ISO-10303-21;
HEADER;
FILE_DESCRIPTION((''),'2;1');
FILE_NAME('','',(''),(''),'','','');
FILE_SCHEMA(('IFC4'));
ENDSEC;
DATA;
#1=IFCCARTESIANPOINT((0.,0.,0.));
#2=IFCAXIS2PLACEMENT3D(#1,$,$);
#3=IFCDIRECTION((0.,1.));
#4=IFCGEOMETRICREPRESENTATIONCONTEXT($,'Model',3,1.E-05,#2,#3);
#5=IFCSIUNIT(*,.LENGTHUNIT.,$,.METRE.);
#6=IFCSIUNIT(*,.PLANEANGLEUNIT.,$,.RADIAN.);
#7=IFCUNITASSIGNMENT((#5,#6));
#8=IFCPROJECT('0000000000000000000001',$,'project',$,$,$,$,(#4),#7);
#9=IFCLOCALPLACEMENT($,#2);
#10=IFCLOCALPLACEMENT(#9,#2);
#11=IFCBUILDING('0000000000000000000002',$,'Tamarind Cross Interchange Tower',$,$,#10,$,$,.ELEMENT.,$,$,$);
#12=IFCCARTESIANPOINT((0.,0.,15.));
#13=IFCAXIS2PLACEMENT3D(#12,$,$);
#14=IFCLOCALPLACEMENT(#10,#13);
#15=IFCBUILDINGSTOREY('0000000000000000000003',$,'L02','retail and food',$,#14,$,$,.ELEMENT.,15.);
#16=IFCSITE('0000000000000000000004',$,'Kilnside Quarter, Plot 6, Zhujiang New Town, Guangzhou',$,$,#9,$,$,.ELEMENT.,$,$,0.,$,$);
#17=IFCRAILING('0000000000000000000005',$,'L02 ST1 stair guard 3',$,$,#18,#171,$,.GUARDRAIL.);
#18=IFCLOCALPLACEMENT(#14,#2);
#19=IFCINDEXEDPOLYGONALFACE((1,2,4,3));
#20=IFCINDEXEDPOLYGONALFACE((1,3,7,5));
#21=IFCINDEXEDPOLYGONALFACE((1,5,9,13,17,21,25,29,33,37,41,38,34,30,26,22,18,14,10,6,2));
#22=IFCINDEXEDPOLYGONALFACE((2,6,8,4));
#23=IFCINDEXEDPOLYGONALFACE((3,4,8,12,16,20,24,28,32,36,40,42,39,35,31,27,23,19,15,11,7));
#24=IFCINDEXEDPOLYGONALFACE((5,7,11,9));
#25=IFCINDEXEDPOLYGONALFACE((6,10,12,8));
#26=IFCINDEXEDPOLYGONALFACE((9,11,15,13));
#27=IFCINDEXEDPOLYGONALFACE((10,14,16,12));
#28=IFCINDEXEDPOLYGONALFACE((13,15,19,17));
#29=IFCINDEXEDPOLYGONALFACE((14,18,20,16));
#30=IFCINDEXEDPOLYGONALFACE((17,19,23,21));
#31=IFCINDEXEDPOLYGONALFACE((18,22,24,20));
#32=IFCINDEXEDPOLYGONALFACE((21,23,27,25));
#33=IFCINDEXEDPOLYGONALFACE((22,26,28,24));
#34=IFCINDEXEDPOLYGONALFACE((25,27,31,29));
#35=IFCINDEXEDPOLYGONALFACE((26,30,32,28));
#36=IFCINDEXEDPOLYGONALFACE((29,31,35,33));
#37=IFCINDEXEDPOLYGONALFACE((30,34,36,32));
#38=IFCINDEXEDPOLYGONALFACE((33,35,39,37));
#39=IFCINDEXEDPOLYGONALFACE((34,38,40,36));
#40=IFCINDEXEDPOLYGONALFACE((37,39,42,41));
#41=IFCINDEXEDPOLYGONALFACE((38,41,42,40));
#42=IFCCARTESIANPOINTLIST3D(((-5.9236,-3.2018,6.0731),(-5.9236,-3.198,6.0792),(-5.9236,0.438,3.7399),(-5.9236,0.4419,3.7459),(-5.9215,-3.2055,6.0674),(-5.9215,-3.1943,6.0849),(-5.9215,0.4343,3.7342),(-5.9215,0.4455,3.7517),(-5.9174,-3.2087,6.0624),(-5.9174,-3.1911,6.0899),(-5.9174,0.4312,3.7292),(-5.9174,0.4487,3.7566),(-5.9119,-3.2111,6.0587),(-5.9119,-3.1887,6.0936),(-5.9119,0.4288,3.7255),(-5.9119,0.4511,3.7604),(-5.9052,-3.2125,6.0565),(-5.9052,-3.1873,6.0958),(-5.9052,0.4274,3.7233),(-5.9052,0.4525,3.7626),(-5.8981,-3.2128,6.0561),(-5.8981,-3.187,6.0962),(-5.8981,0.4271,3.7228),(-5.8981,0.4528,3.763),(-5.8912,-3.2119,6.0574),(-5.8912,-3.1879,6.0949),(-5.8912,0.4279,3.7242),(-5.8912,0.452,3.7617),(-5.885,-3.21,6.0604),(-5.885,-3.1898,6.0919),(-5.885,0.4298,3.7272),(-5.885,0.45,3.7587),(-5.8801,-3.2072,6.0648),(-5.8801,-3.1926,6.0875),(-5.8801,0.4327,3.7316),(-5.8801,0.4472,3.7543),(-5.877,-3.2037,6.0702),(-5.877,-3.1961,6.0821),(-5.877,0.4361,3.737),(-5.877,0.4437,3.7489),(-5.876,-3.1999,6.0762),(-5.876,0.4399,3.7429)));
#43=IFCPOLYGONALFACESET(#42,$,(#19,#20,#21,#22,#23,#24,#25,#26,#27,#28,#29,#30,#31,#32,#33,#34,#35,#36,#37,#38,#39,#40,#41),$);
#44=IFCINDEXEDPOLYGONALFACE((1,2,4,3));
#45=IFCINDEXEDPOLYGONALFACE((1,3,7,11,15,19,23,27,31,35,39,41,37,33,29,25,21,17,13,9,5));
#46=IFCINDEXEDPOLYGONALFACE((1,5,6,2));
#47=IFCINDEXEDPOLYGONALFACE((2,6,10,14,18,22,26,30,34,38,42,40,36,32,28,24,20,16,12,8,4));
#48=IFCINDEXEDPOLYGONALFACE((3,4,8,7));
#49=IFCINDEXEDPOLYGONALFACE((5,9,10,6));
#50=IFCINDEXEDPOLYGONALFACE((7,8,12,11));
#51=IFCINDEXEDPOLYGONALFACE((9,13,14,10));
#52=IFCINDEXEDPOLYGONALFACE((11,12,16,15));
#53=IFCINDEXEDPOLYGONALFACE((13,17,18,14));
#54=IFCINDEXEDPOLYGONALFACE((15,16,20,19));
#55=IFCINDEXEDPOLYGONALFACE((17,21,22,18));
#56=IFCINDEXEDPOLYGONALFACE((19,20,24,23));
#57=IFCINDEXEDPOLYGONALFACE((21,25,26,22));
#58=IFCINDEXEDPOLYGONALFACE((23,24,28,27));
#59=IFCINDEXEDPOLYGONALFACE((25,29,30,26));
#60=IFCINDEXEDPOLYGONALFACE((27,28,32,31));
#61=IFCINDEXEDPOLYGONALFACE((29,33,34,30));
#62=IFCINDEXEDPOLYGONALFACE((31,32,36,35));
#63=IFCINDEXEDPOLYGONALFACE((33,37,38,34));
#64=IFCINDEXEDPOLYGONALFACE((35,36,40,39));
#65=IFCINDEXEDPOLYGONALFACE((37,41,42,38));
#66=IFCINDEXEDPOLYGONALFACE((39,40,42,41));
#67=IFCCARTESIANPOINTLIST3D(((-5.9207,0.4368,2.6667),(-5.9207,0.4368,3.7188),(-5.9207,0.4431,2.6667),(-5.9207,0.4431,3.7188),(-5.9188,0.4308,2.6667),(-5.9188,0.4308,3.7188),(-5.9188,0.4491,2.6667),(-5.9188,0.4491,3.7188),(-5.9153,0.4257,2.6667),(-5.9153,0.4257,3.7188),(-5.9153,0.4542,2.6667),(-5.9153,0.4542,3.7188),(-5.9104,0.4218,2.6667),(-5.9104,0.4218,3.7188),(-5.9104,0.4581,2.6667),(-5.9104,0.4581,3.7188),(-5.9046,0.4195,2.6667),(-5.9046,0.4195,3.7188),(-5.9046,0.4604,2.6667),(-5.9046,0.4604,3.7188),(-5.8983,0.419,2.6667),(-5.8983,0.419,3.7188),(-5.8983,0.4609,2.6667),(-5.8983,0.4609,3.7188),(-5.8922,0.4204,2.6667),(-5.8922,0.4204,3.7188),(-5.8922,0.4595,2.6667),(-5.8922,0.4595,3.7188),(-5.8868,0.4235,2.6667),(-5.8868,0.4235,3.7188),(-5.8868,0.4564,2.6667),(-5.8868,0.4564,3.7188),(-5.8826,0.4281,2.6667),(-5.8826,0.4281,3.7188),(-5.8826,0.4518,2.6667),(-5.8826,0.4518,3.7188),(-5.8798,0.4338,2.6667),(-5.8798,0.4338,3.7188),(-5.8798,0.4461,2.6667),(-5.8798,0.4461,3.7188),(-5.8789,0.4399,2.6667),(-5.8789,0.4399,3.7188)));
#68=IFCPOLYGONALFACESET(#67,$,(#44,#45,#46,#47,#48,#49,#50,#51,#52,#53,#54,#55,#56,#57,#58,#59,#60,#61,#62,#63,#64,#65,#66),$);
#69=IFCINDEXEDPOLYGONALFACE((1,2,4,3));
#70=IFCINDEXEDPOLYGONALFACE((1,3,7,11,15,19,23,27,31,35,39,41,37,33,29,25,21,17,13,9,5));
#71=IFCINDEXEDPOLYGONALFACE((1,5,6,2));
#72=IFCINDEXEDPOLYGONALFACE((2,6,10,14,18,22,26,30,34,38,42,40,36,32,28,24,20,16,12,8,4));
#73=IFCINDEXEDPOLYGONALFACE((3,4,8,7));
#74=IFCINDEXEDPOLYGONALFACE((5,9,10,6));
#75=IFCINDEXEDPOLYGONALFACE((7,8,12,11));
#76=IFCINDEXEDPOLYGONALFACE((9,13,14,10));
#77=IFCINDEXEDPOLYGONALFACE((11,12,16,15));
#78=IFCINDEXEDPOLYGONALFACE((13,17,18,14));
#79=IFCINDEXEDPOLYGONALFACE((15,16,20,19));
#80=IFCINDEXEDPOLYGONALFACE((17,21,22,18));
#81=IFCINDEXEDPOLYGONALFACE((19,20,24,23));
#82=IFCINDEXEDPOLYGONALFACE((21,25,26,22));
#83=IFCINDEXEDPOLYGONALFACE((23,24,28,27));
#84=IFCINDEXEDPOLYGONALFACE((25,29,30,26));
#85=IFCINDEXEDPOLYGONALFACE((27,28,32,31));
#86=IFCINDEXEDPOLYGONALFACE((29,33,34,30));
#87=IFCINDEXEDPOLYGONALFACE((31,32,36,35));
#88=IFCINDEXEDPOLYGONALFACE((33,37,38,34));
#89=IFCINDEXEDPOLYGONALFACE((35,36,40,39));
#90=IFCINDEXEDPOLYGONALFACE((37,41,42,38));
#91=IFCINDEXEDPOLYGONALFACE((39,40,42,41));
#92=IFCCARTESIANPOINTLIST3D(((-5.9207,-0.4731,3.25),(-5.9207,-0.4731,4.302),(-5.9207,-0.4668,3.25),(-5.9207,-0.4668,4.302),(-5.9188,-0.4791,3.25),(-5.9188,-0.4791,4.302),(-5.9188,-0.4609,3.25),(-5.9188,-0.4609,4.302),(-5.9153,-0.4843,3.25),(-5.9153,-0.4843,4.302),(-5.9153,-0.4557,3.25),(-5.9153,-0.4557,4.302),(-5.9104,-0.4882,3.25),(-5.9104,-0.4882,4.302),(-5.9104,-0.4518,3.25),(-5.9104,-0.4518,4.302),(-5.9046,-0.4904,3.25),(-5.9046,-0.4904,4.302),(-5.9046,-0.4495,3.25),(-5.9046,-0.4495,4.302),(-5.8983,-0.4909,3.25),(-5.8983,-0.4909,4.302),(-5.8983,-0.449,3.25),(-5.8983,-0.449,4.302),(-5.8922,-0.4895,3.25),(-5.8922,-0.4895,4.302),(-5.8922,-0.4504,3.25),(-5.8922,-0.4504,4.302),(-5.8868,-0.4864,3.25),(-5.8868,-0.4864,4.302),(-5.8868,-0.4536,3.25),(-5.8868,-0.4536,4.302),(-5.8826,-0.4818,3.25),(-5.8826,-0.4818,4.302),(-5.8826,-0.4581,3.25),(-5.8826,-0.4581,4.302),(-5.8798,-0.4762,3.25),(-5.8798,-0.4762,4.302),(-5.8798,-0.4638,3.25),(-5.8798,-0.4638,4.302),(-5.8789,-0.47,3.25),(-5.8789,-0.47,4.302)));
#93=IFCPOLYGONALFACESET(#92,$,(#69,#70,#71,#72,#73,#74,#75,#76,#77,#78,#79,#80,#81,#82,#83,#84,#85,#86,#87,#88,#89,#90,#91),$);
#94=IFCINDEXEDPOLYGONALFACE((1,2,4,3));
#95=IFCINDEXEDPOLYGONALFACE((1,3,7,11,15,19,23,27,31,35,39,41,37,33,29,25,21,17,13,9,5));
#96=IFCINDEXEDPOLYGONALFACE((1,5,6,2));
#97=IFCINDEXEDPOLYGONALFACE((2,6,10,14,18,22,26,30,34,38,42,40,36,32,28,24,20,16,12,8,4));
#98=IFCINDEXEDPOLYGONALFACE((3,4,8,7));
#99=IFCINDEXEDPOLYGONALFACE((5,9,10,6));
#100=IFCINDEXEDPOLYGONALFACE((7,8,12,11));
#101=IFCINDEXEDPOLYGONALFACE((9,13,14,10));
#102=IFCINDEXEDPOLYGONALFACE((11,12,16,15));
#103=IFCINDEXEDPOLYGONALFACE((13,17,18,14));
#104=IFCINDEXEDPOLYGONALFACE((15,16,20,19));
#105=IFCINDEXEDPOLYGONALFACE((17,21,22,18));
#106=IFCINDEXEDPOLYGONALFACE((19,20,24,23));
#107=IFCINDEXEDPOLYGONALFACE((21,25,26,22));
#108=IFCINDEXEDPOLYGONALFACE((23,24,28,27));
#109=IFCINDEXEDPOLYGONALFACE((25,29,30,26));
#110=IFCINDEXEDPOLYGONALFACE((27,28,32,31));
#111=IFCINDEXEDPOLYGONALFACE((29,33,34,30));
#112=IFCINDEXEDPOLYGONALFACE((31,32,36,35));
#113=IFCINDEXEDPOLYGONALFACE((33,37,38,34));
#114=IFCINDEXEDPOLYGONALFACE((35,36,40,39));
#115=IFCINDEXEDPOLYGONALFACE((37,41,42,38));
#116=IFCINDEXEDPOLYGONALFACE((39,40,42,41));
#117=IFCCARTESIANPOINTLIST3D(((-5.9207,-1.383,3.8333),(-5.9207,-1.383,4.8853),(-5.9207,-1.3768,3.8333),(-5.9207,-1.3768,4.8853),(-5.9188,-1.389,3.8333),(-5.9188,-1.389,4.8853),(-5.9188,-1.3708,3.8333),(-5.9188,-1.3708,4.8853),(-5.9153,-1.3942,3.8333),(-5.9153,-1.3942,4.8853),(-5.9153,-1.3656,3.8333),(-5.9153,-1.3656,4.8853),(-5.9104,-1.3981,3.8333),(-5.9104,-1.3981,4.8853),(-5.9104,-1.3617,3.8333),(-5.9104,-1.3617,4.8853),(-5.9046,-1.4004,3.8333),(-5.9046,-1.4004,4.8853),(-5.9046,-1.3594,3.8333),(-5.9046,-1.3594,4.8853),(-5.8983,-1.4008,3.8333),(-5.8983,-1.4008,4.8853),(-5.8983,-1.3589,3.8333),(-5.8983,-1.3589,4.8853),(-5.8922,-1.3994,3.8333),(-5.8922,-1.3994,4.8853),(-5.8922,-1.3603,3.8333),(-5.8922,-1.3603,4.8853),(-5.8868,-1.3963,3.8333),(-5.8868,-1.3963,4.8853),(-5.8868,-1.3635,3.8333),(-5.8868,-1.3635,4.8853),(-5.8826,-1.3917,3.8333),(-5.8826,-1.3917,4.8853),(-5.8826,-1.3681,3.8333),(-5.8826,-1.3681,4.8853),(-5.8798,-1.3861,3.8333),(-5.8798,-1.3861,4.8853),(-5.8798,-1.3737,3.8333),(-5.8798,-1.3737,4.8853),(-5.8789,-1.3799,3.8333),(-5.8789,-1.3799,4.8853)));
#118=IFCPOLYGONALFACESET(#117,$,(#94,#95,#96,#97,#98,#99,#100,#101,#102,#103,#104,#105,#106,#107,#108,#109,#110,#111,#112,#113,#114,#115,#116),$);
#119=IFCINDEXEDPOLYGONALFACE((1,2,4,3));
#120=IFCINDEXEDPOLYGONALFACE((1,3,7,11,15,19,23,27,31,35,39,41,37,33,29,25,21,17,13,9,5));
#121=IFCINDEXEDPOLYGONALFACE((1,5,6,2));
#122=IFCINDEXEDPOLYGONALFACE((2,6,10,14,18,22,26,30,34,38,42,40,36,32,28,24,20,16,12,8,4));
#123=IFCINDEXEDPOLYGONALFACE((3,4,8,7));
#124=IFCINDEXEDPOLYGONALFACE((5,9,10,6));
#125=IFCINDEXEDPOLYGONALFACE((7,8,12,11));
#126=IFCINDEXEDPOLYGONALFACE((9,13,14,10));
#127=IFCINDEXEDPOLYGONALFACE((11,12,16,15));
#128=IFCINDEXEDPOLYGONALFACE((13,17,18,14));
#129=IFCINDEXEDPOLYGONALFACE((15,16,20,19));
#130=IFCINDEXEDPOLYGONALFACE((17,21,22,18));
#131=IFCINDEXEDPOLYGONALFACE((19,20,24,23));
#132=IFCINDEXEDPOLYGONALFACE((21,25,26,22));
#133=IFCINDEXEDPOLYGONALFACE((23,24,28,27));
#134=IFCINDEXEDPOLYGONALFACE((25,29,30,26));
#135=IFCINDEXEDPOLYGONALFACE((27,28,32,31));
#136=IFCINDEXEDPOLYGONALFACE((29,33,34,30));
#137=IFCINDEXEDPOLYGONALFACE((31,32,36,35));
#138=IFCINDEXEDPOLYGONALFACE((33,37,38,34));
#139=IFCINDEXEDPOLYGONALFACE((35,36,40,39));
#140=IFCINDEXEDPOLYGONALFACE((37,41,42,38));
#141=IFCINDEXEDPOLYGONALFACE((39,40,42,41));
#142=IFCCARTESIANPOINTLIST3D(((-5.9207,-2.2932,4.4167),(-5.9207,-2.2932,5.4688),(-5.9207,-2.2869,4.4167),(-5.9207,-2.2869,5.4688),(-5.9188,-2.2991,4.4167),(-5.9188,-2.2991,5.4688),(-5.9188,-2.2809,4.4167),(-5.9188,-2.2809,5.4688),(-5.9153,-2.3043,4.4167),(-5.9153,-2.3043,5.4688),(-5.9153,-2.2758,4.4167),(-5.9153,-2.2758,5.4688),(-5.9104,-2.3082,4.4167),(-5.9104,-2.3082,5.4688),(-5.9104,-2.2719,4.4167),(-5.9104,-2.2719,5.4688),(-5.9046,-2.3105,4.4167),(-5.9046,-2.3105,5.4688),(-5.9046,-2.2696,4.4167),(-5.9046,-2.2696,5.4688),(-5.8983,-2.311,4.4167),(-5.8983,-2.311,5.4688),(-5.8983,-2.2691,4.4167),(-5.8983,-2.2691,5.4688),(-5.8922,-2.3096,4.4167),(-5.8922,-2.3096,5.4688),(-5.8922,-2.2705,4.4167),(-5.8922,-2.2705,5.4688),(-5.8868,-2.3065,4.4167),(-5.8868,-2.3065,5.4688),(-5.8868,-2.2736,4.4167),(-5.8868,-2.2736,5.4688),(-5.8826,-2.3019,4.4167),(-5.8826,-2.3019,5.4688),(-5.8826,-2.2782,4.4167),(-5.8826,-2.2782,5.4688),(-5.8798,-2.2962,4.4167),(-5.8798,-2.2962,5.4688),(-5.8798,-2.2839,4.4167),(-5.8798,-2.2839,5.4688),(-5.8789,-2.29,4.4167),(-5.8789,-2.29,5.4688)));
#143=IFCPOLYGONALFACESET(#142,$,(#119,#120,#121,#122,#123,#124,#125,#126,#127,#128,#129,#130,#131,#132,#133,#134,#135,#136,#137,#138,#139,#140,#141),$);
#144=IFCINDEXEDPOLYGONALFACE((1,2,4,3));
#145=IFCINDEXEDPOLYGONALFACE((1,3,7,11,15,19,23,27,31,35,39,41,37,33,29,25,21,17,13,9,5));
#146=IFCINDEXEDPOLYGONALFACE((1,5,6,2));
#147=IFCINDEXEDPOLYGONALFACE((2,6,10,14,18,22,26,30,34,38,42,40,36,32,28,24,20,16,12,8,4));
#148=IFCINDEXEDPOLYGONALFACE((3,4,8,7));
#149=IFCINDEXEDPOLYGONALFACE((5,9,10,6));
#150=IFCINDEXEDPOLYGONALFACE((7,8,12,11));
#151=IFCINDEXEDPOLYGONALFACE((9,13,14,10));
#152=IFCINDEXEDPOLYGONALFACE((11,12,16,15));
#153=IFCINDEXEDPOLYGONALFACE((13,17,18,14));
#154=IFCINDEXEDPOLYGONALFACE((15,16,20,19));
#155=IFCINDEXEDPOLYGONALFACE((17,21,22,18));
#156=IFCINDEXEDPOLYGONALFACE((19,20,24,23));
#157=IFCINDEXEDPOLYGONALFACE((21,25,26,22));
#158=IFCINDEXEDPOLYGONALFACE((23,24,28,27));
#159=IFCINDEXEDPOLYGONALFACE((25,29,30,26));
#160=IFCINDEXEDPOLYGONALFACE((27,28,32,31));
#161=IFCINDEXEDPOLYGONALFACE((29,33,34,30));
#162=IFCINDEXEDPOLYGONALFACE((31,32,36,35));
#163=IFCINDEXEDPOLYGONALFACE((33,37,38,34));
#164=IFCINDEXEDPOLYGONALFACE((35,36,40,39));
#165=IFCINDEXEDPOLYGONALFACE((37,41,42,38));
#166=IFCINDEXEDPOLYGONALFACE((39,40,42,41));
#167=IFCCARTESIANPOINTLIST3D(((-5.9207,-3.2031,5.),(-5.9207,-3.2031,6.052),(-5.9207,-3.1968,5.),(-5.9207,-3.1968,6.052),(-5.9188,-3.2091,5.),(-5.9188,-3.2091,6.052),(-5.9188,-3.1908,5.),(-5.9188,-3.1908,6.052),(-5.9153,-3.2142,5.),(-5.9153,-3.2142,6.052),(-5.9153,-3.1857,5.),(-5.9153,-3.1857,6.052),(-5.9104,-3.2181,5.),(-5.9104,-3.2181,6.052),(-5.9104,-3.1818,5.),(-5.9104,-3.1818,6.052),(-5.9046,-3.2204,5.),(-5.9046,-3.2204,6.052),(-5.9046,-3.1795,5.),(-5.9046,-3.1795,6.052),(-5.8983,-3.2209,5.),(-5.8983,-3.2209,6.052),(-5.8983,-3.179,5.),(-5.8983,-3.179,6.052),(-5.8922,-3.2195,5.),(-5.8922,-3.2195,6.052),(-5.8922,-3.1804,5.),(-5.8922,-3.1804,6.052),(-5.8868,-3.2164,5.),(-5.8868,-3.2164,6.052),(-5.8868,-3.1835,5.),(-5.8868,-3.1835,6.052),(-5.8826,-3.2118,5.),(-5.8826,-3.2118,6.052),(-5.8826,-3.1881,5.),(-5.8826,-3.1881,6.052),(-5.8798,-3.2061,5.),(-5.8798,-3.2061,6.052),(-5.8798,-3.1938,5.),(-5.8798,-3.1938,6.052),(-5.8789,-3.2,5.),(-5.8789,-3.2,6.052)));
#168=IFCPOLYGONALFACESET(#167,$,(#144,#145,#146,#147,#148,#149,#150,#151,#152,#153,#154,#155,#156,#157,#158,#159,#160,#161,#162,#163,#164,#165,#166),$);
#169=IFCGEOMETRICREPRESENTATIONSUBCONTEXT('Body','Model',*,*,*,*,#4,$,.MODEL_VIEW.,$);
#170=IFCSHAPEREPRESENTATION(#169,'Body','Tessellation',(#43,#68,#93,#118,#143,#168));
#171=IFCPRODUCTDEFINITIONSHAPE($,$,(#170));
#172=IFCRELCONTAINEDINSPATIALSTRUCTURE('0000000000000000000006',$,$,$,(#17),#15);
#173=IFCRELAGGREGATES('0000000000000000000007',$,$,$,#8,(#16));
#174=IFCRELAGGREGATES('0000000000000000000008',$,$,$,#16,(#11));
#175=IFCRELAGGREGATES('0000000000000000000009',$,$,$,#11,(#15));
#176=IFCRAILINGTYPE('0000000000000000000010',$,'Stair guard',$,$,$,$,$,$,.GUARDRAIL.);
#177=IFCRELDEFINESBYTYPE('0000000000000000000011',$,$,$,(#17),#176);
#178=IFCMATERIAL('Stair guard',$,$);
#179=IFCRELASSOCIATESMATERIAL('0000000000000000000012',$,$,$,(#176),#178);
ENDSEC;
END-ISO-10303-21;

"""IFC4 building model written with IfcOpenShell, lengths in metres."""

from ifc_helpers import new_model, si_unit, direction, frame, origin, origin_2d, place, context, subcontext, project, spatial, circle, extrude, material, type_object, element, save


model = new_model("IFC4")

# Units and contexts
model_context = context("Model", 3, precision=1e-05, world=origin(), true_north=direction((0.0, 1.0)))
body_context = subcontext(model_context, "Body", "Model", "MODEL_VIEW")
ifc_project = project(units=[si_unit("LENGTHUNIT", "METRE"), si_unit("PLANEANGLEUNIT", "RADIAN")], contexts=[model_context])

# Site, building, storey
site_placement = place(None, origin())
site = spatial("IfcSite", under=ifc_project, at=site_placement, Name="Kilnside Quarter, Plot 6, Zhujiang New Town, Guangzhou", CompositionType="ELEMENT", RefElevation=0.0)
building_placement = place(site_placement, origin())
building = spatial("IfcBuilding", under=site, at=building_placement, Name="Tamarind Cross Interchange Tower", CompositionType="ELEMENT")
storey_placement = place(building_placement, frame((0.0, 0.0, 15.0)))
storey = spatial("IfcBuildingStorey", under=building, at=storey_placement, Name="L02", Description="retail and food", CompositionType="ELEMENT", Elevation=15.0)

# Railing
ifc_material_1 = material(Name="Stair guard")
railing_type_1 = type_object("IfcRailingType", Name="Stair guard", PredefinedType="GUARDRAIL", material=ifc_material_1)
railing_1_placement = place(storey_placement, frame((-5.8999, 0.4399, 2.6667)))
element("IfcRailing", 1, at=railing_1_placement, inside=storey, type_object=railing_type_1, Name="L02 ST1 stair guard 3", PredefinedType="GUARDRAIL", context=body_context, shape_type="SweptSolid", body=[
    extrude(circle(Radius=0.0239, at=origin_2d()), frame((0.0, 0.0, 1.0762), z_axis=(0.0, -0.84188, 0.539664), x_axis=(1.0, 0.0, 0.0)), (0.0, 0.0, 1.0), 4.3235),
    extrude(circle(Radius=0.021, at=origin_2d()), origin(), (0.0, 0.0, 1.0), 1.052),
    extrude(circle(Radius=0.021, at=origin_2d()), frame((0.0, -0.9099, 0.5833)), (0.0, 0.0, 1.0), 1.052),
    extrude(circle(Radius=0.021, at=origin_2d()), frame((0.0, -1.8198, 1.1665)), (0.0, 0.0, 1.0), 1.052),
    extrude(circle(Radius=0.021, at=origin_2d()), frame((0.0, -2.73, 1.75)), (0.0, 0.0, 1.0), 1.052),
    extrude(circle(Radius=0.021, at=origin_2d()), frame((0.0, -3.6399, 2.3333)), (0.0, 0.0, 1.0), 1.052),
])

save(model, "model.ifc")
